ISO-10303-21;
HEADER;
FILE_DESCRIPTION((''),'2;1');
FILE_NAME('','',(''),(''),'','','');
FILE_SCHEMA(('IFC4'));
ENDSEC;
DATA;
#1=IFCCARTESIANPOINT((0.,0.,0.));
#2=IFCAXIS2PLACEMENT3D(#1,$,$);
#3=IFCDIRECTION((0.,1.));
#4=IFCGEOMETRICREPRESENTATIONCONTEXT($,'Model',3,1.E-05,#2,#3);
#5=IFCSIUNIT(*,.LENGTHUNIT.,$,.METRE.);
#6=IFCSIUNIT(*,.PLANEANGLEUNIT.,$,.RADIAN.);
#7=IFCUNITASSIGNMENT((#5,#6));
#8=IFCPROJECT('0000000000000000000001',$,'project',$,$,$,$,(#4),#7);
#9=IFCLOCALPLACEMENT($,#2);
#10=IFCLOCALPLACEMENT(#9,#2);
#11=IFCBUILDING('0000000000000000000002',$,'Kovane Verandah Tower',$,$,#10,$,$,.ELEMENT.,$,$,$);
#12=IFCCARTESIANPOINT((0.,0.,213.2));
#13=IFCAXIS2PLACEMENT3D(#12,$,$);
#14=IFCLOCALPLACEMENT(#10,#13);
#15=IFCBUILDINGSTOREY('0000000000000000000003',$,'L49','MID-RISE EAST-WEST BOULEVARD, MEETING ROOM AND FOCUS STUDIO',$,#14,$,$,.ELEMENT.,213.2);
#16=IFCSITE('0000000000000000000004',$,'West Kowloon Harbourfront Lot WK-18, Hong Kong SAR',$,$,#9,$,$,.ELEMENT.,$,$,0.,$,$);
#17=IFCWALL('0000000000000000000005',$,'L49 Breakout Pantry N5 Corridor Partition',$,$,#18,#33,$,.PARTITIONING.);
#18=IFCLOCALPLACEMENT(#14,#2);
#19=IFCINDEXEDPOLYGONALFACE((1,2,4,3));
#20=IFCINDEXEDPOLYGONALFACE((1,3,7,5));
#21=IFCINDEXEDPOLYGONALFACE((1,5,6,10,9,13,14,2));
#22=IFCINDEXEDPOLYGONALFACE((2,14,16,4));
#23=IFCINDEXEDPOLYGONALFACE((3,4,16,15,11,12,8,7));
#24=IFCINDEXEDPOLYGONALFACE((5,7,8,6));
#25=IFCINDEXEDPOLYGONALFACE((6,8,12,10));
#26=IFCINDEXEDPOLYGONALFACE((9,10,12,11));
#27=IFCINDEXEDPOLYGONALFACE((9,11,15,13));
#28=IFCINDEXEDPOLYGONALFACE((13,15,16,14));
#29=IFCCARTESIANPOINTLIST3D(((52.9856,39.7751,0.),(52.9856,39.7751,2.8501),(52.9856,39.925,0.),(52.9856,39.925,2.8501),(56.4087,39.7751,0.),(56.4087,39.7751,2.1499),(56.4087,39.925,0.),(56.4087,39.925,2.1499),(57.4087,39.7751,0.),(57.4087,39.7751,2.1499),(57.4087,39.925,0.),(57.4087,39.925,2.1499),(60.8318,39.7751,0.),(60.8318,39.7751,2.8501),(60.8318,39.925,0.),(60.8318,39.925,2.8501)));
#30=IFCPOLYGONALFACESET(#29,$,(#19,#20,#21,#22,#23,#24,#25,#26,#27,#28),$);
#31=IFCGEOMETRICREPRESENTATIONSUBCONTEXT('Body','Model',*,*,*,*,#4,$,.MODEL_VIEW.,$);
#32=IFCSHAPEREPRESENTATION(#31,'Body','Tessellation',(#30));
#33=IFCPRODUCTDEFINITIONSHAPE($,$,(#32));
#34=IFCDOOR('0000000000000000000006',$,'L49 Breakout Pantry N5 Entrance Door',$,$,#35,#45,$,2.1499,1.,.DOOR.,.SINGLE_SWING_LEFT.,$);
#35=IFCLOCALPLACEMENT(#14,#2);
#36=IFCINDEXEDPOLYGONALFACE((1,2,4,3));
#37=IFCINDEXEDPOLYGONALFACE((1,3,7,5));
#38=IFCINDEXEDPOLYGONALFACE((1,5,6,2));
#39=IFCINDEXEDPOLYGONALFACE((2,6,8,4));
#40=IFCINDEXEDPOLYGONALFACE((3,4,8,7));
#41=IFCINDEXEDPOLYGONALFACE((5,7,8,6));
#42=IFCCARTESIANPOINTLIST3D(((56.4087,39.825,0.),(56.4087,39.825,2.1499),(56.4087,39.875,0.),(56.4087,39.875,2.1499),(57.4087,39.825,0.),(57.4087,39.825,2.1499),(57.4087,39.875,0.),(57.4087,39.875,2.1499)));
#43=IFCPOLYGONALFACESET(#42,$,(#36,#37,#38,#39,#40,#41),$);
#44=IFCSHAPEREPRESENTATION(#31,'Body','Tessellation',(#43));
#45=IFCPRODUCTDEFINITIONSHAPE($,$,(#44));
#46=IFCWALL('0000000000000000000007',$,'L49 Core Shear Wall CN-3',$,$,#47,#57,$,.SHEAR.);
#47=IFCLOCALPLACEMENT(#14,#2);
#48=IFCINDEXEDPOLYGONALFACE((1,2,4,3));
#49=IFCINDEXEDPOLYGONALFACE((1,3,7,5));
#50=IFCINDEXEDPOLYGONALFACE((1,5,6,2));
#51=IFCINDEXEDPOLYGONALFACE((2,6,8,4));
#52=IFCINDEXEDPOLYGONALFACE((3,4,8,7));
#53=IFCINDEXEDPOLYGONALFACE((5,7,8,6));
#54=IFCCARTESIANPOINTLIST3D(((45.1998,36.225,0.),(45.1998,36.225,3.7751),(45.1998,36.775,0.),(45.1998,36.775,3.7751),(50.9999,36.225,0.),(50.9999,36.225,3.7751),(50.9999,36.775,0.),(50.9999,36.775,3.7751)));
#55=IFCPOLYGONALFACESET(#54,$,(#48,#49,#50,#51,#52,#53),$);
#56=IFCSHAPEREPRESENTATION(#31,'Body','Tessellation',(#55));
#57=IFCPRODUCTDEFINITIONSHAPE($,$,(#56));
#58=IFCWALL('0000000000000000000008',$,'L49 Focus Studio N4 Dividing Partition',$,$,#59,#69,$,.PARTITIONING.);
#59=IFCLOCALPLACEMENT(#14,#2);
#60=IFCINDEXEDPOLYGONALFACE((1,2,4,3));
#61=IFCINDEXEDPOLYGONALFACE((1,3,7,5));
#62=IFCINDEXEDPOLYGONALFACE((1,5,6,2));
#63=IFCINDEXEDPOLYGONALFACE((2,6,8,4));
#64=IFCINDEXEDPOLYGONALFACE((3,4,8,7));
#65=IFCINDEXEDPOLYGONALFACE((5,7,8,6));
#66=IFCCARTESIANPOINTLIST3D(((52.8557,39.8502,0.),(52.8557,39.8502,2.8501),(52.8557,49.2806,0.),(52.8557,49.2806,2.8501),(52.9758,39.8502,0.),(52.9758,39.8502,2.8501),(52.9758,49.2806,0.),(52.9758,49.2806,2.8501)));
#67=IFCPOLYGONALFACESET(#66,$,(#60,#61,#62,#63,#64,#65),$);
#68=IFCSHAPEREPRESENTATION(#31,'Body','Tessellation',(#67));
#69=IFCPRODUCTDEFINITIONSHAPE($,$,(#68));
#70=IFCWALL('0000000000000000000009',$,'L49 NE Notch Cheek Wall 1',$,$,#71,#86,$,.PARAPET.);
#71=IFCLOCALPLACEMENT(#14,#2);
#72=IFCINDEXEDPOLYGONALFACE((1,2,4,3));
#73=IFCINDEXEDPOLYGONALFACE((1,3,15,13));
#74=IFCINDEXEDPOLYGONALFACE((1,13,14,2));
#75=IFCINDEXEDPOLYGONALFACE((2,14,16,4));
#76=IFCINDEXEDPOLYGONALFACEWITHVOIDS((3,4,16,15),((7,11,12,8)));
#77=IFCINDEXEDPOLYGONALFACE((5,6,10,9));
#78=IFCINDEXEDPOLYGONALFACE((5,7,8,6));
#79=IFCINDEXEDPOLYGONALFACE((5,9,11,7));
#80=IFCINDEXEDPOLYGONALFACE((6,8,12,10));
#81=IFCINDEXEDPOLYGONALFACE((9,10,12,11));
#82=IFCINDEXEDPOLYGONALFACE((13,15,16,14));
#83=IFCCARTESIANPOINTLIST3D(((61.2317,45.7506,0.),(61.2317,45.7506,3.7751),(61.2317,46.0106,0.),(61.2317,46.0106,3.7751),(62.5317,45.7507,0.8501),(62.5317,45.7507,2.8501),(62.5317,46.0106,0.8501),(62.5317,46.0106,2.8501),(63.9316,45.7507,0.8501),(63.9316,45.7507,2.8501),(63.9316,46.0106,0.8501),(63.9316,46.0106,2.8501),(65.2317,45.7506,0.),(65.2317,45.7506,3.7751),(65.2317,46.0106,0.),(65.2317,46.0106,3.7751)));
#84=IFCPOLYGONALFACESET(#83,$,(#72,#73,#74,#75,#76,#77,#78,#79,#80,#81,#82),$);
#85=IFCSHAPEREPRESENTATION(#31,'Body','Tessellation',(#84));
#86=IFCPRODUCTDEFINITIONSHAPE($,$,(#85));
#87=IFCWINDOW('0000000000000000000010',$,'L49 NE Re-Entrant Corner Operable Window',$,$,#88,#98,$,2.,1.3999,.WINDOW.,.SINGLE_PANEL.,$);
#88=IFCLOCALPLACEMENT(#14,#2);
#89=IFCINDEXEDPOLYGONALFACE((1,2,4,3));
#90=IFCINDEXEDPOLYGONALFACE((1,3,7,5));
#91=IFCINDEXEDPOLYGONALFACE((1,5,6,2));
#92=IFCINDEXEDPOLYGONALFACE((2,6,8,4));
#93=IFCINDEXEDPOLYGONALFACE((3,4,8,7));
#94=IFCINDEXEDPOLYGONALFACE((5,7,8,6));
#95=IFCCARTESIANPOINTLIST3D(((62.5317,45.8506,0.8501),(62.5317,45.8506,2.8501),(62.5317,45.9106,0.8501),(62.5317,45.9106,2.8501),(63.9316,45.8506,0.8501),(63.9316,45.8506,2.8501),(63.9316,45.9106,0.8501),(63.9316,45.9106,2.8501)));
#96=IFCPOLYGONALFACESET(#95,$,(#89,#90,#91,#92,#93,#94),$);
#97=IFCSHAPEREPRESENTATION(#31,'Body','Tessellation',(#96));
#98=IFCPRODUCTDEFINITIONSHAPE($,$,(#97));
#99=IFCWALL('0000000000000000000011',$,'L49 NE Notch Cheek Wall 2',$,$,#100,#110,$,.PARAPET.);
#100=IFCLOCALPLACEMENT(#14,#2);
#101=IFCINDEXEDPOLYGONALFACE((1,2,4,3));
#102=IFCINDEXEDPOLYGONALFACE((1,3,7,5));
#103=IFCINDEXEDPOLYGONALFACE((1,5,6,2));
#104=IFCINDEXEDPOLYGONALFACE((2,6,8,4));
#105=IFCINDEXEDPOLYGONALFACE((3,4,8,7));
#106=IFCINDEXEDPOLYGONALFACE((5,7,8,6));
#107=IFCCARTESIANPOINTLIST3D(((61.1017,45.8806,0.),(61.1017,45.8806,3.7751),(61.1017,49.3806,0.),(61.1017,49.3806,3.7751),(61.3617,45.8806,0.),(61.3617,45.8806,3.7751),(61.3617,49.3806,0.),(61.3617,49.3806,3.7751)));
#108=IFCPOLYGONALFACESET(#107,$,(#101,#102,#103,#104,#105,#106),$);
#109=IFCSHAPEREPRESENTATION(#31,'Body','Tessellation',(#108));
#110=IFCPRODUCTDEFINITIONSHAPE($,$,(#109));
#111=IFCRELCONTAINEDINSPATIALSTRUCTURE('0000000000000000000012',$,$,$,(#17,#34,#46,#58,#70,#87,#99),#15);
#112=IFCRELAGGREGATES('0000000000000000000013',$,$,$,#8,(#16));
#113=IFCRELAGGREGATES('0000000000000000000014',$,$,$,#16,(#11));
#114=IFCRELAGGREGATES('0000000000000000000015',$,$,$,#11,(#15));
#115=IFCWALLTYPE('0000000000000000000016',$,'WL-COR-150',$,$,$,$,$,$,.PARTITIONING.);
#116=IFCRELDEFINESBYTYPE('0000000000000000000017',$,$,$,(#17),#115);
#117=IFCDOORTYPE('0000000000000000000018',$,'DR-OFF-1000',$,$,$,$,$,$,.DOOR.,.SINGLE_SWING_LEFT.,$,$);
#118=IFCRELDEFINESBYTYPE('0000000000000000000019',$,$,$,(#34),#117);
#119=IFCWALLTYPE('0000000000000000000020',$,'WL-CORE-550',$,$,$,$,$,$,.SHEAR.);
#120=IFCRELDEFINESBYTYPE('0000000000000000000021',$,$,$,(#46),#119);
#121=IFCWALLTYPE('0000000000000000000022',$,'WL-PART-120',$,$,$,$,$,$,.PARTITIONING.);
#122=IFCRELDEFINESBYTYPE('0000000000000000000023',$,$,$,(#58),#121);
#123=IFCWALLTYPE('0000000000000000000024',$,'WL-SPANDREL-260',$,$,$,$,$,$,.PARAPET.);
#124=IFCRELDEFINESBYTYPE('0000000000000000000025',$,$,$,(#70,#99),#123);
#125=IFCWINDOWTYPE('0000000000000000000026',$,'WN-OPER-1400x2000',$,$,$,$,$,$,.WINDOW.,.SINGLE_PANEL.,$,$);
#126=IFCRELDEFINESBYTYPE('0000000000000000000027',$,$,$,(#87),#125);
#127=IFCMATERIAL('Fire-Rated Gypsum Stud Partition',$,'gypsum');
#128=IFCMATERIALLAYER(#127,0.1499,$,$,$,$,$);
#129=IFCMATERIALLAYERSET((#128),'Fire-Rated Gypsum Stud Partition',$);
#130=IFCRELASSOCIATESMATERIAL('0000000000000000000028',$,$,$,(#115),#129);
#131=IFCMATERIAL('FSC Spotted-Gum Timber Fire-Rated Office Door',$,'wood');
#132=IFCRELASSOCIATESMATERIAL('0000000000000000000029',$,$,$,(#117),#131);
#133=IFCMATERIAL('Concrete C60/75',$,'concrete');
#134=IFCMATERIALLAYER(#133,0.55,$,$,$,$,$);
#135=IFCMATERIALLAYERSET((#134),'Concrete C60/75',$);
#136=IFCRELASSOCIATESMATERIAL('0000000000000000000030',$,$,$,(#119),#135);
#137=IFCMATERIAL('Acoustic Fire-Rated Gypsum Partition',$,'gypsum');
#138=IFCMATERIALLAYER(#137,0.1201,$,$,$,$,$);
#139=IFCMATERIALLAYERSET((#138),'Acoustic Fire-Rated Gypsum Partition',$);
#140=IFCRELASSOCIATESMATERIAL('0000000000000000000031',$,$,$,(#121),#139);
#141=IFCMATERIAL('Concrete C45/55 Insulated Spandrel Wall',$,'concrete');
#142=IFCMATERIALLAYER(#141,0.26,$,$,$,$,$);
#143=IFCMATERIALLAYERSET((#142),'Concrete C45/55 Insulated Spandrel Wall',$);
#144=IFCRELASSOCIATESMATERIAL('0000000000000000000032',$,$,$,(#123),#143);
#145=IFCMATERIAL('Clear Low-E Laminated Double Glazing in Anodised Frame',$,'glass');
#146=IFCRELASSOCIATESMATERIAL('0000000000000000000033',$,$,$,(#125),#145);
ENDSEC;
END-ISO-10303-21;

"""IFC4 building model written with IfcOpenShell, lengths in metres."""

from ifc_helpers import new_model, si_unit, direction, frame, frame_2d, origin, place, context, subcontext, project, spatial, rectangle, extrude, material, layer, layer_set, type_object, element, fill, save


model = new_model("IFC4")

# Units and contexts
model_context = context("Model", 3, precision=1e-05, world=origin(), true_north=direction((0.0, 1.0)))
body_context = subcontext(model_context, "Body", "Model", "MODEL_VIEW")
ifc_project = project(units=[si_unit("LENGTHUNIT", "METRE"), si_unit("PLANEANGLEUNIT", "RADIAN")], contexts=[model_context])

# Site, building, storey
site_placement = place(None, origin())
site = spatial("IfcSite", under=ifc_project, at=site_placement, Name="West Kowloon Harbourfront Lot WK-18, Hong Kong SAR", CompositionType="ELEMENT", RefElevation=0.0)
building_placement = place(site_placement, origin())
building = spatial("IfcBuilding", under=site, at=building_placement, Name="Kovane Verandah Tower", CompositionType="ELEMENT")
storey_placement = place(building_placement, frame((0.0, 0.0, 213.2)))
storey = spatial("IfcBuildingStorey", under=building, at=storey_placement, Name="L49", Description="MID-RISE EAST-WEST BOULEVARD, MEETING ROOM AND FOCUS STUDIO", CompositionType="ELEMENT", Elevation=213.2)

# Shared definitions
ifc_material_1 = material(Name="Concrete C60/75", Category="concrete")

# Wall, opening, door
ifc_material_2 = material(Name="Fire-Rated Gypsum Stud Partition", Category="gypsum")
ifc_layer_1 = layer(ifc_material_2, 0.1499)
ifc_layer_set_1 = layer_set([ifc_layer_1], Name="Fire-Rated Gypsum Stud Partition")
wall_type_1 = type_object("IfcWallType", Name="WL-COR-150", PredefinedType="PARTITIONING", material=ifc_layer_set_1)
wall_1_placement = place(storey_placement, frame((52.9856, 39.8501, 0.0), z_axis=(0.0, 0.0, 1.0), x_axis=(1.0, 0.0, 0.0)))
wall_1 = element("IfcWall", 1, at=wall_1_placement, inside=storey, type_object=wall_type_1, Name="L49 Breakout Pantry N5 Corridor Partition", PredefinedType="PARTITIONING", context=body_context, shape_type="SweptSolid", body=[
    extrude(rectangle(XDim=7.8462, YDim=0.1499, at=frame_2d((3.9231, 0.0))), origin(), (0.0, 0.0, 1.0), 2.8501),
])
opening_1_placement = place(wall_1_placement, frame((3.4231, 0.0, 0.0)))
opening_1 = element("IfcOpeningElement", 2, at=opening_1_placement, cuts=wall_1, PredefinedType="OPENING", context=body_context, shape_type="SweptSolid", body=[
    extrude(rectangle(XDim=1.0, YDim=2.1499, at=frame_2d((0.5, 1.075))), frame((0.0, 0.075, 0.0), z_axis=(0.0, -1.0, 0.0), x_axis=(1.0, 0.0, 0.0)), (0.0, 0.0, 1.0), 0.1499),
])
ifc_material_3 = material(Name="FSC Spotted-Gum Timber Fire-Rated Office Door", Category="wood")
door_type_1 = type_object("IfcDoorType", Name="DR-OFF-1000", OperationType="SINGLE_SWING_LEFT", PredefinedType="DOOR", material=ifc_material_3)
door_1_placement = place(opening_1_placement, origin())
door_1 = element("IfcDoor", 3, at=door_1_placement, inside=storey, type_object=door_type_1, Name="L49 Breakout Pantry N5 Entrance Door", OperationType="SINGLE_SWING_LEFT", OverallHeight=2.1499, OverallWidth=1.0, PredefinedType="DOOR", context=body_context, shape_type="SweptSolid", body=[
    extrude(rectangle(XDim=1.0, YDim=2.1499, at=frame_2d((0.5, 1.075))), frame((0.0, 0.0249, 0.0), z_axis=(0.0, -1.0, 0.0), x_axis=(1.0, 0.0, 0.0)), (0.0, 0.0, 1.0), 0.05),
])
fill(opening_1, door_1)

# Walls
ifc_layer_2 = layer(ifc_material_1, 0.55)
ifc_layer_set_2 = layer_set([ifc_layer_2], Name="Concrete C60/75")
wall_type_2 = type_object("IfcWallType", Name="WL-CORE-550", PredefinedType="SHEAR", material=ifc_layer_set_2)
wall_2_placement = place(storey_placement, frame((45.2, 36.5, 0.0), z_axis=(0.0, 0.0, 1.0), x_axis=(1.0, 0.0, 0.0)))
element("IfcWall", 4, at=wall_2_placement, inside=storey, type_object=wall_type_2, Name="L49 Core Shear Wall CN-3", PredefinedType="SHEAR", context=body_context, shape_type="SweptSolid", body=[
    extrude(rectangle(XDim=5.8, YDim=0.55, at=frame_2d((2.8999, 0.0))), origin(), (0.0, 0.0, 1.0), 3.7751),
])
ifc_material_4 = material(Name="Acoustic Fire-Rated Gypsum Partition", Category="gypsum")
ifc_layer_3 = layer(ifc_material_4, 0.1201)
ifc_layer_set_3 = layer_set([ifc_layer_3], Name="Acoustic Fire-Rated Gypsum Partition")
wall_type_3 = type_object("IfcWallType", Name="WL-PART-120", PredefinedType="PARTITIONING", material=ifc_layer_set_3)
wall_3_placement = place(storey_placement, frame((52.9158, 39.8501, 0.0), z_axis=(0.0, 0.0, 1.0), x_axis=(0.0, 1.0, 0.0)))
element("IfcWall", 5, at=wall_3_placement, inside=storey, type_object=wall_type_3, Name="L49 Focus Studio N4 Dividing Partition", PredefinedType="PARTITIONING", context=body_context, shape_type="SweptSolid", body=[
    extrude(rectangle(XDim=9.4304, YDim=0.1201, at=frame_2d((4.7153, 0.0))), origin(), (0.0, 0.0, 1.0), 2.8501),
])

# Shared definitions
ifc_material_5 = material(Name="Concrete C45/55 Insulated Spandrel Wall", Category="concrete")
ifc_layer_4 = layer(ifc_material_5, 0.26)
ifc_layer_set_4 = layer_set([ifc_layer_4], Name="Concrete C45/55 Insulated Spandrel Wall")
wall_type_4 = type_object("IfcWallType", Name="WL-SPANDREL-260", PredefinedType="PARAPET", material=ifc_layer_set_4)
ifc_material_6 = material(Name="Clear Low-E Laminated Double Glazing in Anodised Frame", Category="glass")

# Wall, opening, window
wall_4_placement = place(storey_placement, frame((65.2317, 45.8806, 0.0), z_axis=(0.0, 0.0, 1.0), x_axis=(-1.0, 0.0, 0.0)))
wall_4 = element("IfcWall", 6, at=wall_4_placement, inside=storey, type_object=wall_type_4, Name="L49 NE Notch Cheek Wall 1", PredefinedType="PARAPET", context=body_context, shape_type="SweptSolid", body=[
    extrude(rectangle(XDim=4.0, YDim=0.26, at=frame_2d((2.0, 0.0))), origin(), (0.0, 0.0, 1.0), 3.7751),
])
opening_2_placement = place(wall_4_placement, frame((1.3, 0.0, 0.8501)))
opening_2 = element("IfcOpeningElement", 7, at=opening_2_placement, cuts=wall_4, PredefinedType="OPENING", context=body_context, shape_type="SweptSolid", body=[
    extrude(rectangle(XDim=1.3999, YDim=2.0, at=frame_2d((0.7, 1.0))), frame((0.0, 0.1299, 0.0), z_axis=(0.0, -1.0, 0.0), x_axis=(1.0, 0.0, 0.0)), (0.0, 0.0, 1.0), 0.26),
])
window_type_1 = type_object("IfcWindowType", Name="WN-OPER-1400x2000", PartitioningType="SINGLE_PANEL", PredefinedType="WINDOW", material=ifc_material_6)
window_1_placement = place(opening_2_placement, origin())
window_1 = element("IfcWindow", 8, at=window_1_placement, inside=storey, type_object=window_type_1, Name="L49 NE Re-Entrant Corner Operable Window", OverallHeight=2.0, OverallWidth=1.3999, PartitioningType="SINGLE_PANEL", PredefinedType="WINDOW", context=body_context, shape_type="SweptSolid", body=[
    extrude(rectangle(XDim=1.3999, YDim=2.0, at=frame_2d((0.7, 1.0))), frame((0.0, 0.03, 0.0), z_axis=(0.0, -1.0, 0.0), x_axis=(1.0, 0.0, 0.0)), (0.0, 0.0, 1.0), 0.0601),
])
fill(opening_2, window_1)

# Wall
wall_5_placement = place(storey_placement, frame((61.2317, 45.8806, 0.0), z_axis=(0.0, 0.0, 1.0), x_axis=(0.0, 1.0, 0.0)))
element("IfcWall", 9, at=wall_5_placement, inside=storey, type_object=wall_type_4, Name="L49 NE Notch Cheek Wall 2", PredefinedType="PARAPET", context=body_context, shape_type="SweptSolid", body=[
    extrude(rectangle(XDim=3.5, YDim=0.26, at=frame_2d((1.75, 0.0))), origin(), (0.0, 0.0, 1.0), 3.7751),
])

save(model, "model.ifc")
